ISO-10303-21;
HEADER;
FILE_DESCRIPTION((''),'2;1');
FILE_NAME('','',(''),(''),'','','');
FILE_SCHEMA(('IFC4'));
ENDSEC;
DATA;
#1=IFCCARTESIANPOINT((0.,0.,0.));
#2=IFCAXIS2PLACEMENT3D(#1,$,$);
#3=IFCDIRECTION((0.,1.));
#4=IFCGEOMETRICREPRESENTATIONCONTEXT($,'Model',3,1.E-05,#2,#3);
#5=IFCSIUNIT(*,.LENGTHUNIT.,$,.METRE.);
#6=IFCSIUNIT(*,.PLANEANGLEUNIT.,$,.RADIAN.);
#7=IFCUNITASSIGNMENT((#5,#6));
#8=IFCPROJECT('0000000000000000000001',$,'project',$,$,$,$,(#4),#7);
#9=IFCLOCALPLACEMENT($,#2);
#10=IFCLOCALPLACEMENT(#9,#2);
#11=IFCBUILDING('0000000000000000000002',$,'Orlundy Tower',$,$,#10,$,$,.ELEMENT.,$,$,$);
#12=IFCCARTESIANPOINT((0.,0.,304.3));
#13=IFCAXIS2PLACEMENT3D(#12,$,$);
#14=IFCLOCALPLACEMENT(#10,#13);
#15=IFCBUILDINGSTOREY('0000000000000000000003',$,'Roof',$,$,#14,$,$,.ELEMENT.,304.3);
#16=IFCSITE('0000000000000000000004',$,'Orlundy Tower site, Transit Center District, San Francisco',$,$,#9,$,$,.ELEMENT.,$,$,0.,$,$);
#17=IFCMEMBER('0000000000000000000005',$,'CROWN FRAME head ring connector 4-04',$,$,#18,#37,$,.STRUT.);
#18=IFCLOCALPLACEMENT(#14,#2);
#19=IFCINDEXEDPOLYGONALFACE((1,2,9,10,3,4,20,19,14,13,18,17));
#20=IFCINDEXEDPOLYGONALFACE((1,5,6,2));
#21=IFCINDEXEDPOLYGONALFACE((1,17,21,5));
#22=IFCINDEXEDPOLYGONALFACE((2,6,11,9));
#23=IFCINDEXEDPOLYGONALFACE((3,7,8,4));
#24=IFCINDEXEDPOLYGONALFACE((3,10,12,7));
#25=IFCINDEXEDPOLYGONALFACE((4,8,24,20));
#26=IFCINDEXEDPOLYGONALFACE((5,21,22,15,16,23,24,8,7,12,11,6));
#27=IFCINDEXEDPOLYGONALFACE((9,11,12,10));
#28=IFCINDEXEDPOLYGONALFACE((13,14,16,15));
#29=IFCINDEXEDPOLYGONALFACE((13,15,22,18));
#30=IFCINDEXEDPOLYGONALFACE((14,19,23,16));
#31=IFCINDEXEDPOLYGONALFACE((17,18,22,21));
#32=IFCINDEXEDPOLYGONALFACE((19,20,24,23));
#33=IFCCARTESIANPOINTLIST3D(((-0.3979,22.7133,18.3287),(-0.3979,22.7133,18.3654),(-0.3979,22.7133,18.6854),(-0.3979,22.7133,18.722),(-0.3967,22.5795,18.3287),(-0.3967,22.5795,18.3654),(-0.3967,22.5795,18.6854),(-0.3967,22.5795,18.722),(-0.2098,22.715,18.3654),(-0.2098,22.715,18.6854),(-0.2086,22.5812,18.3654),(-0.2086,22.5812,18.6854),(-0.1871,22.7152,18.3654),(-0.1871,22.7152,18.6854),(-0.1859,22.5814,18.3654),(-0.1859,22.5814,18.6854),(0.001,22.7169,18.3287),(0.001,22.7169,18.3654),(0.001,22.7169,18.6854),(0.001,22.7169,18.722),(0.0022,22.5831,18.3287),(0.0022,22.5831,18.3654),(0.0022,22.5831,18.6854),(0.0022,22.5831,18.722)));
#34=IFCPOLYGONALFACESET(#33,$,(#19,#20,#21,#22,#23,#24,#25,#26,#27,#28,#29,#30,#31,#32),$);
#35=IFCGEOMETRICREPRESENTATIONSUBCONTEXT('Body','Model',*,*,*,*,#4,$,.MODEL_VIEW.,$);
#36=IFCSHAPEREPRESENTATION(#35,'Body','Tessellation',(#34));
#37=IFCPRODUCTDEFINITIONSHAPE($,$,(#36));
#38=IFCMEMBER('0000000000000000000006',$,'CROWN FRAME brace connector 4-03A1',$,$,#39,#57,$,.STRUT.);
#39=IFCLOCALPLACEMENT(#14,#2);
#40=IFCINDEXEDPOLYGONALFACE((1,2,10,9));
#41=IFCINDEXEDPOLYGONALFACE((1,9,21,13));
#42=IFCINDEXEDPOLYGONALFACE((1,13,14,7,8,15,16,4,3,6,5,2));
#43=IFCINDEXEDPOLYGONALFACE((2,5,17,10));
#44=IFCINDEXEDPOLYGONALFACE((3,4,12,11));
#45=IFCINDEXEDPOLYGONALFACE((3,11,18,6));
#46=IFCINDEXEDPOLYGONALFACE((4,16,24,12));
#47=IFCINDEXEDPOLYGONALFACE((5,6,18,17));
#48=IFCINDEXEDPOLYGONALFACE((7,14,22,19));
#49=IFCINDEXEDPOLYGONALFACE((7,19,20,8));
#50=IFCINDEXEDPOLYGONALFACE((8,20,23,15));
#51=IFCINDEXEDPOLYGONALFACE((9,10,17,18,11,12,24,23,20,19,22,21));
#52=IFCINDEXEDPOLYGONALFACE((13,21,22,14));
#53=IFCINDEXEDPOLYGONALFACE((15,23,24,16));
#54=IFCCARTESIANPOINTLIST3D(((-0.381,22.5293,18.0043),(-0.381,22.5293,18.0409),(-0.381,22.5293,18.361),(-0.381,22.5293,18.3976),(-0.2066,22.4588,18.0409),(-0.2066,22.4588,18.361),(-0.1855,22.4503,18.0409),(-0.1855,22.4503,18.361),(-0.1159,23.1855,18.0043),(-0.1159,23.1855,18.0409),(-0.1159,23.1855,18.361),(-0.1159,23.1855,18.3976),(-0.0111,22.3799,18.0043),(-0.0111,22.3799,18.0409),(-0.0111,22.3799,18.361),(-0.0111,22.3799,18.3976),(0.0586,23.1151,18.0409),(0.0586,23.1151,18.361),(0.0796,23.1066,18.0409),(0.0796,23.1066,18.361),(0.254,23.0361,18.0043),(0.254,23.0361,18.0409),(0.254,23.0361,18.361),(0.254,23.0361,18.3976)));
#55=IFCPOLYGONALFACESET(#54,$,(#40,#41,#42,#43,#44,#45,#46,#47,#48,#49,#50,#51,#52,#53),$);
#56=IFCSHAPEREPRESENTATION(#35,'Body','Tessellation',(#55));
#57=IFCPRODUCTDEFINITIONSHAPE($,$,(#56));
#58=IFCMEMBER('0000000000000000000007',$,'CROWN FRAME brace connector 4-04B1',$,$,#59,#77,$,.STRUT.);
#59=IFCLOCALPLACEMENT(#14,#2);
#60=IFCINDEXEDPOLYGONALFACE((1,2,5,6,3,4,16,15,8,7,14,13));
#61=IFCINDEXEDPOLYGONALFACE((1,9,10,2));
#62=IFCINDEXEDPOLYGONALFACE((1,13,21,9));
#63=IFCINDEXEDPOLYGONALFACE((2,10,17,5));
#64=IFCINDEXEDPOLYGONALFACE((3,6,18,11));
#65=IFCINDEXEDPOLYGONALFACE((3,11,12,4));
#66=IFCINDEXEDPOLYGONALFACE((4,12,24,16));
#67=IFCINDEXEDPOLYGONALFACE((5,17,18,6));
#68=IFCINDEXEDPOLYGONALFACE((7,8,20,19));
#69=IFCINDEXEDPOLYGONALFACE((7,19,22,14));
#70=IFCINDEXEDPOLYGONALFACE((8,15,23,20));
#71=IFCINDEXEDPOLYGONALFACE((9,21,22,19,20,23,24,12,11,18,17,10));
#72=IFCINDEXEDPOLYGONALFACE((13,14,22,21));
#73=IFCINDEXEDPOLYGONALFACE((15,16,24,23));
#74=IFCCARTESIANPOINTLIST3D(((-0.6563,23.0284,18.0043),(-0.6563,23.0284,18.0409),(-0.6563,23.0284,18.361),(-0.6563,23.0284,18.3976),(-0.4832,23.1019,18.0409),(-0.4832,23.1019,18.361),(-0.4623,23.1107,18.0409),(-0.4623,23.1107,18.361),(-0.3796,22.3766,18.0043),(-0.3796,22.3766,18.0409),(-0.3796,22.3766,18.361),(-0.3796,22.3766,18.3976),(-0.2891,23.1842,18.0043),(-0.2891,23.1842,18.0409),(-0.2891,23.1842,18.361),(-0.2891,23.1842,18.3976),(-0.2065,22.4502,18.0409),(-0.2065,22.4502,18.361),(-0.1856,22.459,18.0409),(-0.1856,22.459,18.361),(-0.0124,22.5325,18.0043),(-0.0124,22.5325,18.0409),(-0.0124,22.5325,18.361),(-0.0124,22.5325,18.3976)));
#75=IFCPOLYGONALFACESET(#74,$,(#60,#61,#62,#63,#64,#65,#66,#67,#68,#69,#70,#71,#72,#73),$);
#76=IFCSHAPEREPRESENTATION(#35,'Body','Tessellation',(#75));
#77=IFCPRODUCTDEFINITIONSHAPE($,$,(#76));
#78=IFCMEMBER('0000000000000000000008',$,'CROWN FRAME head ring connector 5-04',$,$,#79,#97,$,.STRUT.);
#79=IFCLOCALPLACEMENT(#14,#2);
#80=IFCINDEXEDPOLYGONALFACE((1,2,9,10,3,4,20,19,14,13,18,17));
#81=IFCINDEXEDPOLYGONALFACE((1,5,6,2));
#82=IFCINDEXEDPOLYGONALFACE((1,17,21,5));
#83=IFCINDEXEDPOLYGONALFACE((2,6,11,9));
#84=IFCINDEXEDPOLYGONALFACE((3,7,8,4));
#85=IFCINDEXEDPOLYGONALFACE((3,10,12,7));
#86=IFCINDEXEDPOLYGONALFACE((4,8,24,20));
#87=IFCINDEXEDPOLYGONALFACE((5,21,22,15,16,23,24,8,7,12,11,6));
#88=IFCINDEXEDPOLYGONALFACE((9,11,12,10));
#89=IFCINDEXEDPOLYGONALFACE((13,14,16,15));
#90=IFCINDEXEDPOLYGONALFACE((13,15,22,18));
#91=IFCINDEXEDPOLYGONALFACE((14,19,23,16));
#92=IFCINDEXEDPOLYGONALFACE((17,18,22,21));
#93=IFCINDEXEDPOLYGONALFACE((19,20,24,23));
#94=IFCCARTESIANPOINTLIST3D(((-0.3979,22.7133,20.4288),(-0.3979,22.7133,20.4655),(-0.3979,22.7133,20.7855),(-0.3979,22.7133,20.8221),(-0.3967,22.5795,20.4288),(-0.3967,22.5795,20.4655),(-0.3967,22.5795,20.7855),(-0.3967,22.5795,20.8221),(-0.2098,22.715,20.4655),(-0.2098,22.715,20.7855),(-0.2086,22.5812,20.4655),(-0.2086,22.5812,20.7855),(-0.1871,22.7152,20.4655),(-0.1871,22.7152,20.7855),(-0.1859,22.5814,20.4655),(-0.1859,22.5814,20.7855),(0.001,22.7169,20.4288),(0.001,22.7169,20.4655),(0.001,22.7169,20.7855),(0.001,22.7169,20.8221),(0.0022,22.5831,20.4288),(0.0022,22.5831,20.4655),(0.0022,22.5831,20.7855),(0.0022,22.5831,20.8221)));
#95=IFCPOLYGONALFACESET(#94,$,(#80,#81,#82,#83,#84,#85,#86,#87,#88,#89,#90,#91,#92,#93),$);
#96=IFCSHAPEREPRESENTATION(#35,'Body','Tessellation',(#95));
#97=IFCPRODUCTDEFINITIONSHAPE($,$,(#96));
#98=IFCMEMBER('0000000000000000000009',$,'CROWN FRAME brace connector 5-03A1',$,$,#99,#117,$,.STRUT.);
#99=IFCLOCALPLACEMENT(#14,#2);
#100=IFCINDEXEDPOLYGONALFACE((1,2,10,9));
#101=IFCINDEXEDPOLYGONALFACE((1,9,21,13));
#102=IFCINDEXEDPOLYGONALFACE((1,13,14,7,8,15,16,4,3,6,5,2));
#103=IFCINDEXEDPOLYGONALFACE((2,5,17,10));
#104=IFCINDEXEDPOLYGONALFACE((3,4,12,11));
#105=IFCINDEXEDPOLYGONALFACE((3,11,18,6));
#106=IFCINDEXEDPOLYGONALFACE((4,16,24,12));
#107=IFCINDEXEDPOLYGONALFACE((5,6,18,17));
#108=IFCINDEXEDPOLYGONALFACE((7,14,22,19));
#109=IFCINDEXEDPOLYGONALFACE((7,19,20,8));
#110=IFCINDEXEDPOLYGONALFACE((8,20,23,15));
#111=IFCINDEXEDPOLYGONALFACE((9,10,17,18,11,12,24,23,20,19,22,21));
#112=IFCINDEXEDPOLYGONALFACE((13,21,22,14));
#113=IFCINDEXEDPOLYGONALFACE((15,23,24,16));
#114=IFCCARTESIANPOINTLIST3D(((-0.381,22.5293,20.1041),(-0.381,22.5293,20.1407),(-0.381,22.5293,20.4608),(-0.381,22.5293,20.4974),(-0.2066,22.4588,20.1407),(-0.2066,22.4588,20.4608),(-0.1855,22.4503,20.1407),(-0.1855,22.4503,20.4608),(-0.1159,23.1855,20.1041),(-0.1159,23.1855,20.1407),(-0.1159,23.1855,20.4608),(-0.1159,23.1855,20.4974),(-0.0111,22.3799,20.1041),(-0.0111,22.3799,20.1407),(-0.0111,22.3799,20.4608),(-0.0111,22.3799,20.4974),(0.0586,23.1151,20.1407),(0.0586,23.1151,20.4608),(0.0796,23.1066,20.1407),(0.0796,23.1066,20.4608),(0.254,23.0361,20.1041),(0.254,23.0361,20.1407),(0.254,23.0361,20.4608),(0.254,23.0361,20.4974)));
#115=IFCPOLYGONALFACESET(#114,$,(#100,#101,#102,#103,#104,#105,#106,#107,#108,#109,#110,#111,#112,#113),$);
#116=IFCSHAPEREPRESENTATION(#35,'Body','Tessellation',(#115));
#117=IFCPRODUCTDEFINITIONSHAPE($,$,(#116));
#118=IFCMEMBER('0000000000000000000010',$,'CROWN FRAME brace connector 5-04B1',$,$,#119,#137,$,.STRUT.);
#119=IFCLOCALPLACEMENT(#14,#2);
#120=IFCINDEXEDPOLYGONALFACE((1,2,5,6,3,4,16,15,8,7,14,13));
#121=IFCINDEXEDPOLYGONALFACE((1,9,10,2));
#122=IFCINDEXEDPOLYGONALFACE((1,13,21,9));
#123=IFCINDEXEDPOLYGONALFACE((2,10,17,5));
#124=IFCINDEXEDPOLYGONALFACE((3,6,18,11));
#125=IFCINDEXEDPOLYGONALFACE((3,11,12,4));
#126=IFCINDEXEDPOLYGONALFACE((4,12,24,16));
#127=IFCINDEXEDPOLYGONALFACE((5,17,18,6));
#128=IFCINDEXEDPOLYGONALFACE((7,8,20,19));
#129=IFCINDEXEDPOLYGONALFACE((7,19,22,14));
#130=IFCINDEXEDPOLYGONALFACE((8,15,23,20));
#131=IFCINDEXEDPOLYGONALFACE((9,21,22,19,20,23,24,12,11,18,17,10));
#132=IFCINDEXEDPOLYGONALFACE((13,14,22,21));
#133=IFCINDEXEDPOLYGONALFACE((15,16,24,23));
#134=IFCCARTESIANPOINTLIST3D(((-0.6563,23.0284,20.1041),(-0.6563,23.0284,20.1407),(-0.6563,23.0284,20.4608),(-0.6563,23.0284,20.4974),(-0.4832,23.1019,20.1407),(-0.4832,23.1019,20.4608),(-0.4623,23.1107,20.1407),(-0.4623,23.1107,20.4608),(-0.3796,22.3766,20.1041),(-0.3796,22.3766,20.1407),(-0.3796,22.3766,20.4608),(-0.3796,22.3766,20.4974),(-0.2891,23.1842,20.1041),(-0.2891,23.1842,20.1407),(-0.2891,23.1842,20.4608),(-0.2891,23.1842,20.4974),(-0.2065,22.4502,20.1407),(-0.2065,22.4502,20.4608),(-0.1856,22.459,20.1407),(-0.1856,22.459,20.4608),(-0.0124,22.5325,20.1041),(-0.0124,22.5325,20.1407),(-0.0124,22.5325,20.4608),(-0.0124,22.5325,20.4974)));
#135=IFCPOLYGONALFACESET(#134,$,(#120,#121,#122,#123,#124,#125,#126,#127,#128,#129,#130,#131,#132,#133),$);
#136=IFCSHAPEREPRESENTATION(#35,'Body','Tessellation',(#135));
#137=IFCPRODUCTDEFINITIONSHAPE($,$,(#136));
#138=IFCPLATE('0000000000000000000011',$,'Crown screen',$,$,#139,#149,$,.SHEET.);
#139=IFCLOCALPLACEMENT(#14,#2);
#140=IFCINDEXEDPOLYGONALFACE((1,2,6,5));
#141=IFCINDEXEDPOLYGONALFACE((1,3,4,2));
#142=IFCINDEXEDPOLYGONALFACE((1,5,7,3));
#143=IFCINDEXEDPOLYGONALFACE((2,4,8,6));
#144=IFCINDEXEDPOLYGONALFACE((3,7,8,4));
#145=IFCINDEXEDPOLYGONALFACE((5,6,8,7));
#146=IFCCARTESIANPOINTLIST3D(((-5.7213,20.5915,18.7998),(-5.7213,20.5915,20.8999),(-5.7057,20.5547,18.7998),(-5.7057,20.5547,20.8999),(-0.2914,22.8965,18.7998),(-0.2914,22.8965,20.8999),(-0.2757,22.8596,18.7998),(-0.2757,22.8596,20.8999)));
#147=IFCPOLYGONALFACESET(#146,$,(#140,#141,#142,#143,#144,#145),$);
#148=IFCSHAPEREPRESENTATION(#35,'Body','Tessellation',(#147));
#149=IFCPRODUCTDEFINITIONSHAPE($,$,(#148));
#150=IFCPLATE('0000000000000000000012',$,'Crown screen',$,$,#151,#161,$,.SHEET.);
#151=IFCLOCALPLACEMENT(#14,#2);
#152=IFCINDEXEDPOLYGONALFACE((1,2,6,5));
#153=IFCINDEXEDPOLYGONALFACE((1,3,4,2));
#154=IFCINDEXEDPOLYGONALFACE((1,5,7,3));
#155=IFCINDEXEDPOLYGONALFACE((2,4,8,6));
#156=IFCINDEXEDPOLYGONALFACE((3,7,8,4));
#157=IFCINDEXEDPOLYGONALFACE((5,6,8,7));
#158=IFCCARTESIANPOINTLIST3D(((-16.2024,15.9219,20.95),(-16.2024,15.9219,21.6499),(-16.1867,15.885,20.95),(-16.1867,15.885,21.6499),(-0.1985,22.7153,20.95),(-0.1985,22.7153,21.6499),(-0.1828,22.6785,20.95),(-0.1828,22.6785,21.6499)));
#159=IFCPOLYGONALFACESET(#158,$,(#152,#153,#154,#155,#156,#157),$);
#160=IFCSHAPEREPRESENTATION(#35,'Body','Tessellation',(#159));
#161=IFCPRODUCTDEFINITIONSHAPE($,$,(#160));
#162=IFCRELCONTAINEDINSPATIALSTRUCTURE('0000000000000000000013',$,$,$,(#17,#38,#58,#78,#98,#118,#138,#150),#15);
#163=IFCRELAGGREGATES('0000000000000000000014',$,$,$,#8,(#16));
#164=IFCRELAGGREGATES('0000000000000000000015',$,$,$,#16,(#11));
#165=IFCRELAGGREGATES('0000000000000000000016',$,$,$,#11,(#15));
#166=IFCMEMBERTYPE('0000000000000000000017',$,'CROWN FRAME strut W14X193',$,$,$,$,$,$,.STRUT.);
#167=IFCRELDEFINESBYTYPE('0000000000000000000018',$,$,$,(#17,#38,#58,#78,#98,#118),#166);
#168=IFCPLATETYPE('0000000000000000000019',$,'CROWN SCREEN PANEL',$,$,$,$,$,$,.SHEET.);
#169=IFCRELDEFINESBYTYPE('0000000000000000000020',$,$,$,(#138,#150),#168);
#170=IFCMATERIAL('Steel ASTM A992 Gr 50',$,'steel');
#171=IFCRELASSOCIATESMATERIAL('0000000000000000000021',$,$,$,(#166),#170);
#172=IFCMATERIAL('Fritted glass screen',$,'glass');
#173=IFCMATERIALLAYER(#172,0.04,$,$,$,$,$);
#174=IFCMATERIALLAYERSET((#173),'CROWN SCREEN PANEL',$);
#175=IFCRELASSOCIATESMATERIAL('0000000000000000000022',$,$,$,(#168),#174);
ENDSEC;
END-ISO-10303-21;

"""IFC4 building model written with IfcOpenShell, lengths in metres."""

from ifc_helpers import new_model, si_unit, direction, frame, origin, origin_2d, place, context, subcontext, project, spatial, polyline, rectangle, i_section, outline, extrude, material, layer, layer_set, material_profile, profile_set, type_object, element, save


model = new_model("IFC4")

# Units and contexts
model_context = context("Model", 3, precision=1e-05, world=origin(), true_north=direction((0.0, 1.0)))
body_context = subcontext(model_context, "Body", "Model", "MODEL_VIEW")
ifc_project = project(units=[si_unit("LENGTHUNIT", "METRE"), si_unit("PLANEANGLEUNIT", "RADIAN")], contexts=[model_context])

# Site, building, storey
site_placement = place(None, origin())
site = spatial("IfcSite", under=ifc_project, at=site_placement, Name="Orlundy Tower site, Transit Center District, San Francisco", CompositionType="ELEMENT", RefElevation=0.0)
building_placement = place(site_placement, origin())
building = spatial("IfcBuilding", under=site, at=building_placement, Name="Orlundy Tower", CompositionType="ELEMENT")
storey_placement = place(building_placement, frame((0.0, 0.0, 304.3)))
storey = spatial("IfcBuildingStorey", under=building, at=storey_placement, Name="Roof", CompositionType="ELEMENT", Elevation=304.3)

# Members
ifc_material_1 = material(Name="Steel ASTM A992 Gr 50", Category="steel")
ifc_material_profile_1 = material_profile(ifc_material_1, i_section(OverallWidth=0.3989, OverallDepth=0.3933, WebThickness=0.0227, FlangeThickness=0.0366, at=origin_2d()), Name="W14X193")
ifc_profile_set_1 = profile_set([ifc_material_profile_1], Name="Steel ASTM A992 Gr 50")
member_type_1 = type_object("IfcMemberType", Name="CROWN FRAME strut W14X193", PredefinedType="STRUT", material=ifc_profile_set_1)
for number, where, z_axis, x_axis, name in (
    (1, (-0.1973, 22.5813, 18.5254), (-0.009124, 0.999958, 0.0), (-0.999958, -0.009124, 0.0), "CROWN FRAME head ring connector 4-04"),
):
    element("IfcMember", number, at=place(storey_placement, frame(where, z_axis=z_axis, x_axis=x_axis)), inside=storey, type_object=member_type_1, Name=name, PredefinedType="STRUT", context=body_context, shape_type="SweptSolid", body=[
        extrude(i_section(OverallWidth=0.3989, OverallDepth=0.3933, WebThickness=0.0227, FlangeThickness=0.0366, at=origin_2d()), origin(), (0.0, 0.0, 1.0), 0.1338),
    ])
member_1_placement = place(storey_placement, frame((-0.196, 22.4546, 18.2009), z_axis=(0.3746, 0.927187, 0.0), x_axis=(-0.927187, 0.3746, 0.0)))
element("IfcMember", 2, at=member_1_placement, inside=storey, type_object=member_type_1, Name="CROWN FRAME brace connector 4-03A1", PredefinedType="STRUT", context=body_context, shape_type="SweptSolid", body=[
    extrude(i_section(OverallWidth=0.3989, OverallDepth=0.3933, WebThickness=0.0227, FlangeThickness=0.0366, at=origin_2d()), origin(), (0.0, 0.0, 1.0), 0.7078),
])
member_2_placement = place(storey_placement, frame((-0.196, 22.4546, 18.2009), z_axis=(-0.390754, 0.920495, 0.0), x_axis=(-0.920495, -0.390754, 0.0)))
element("IfcMember", 3, at=member_2_placement, inside=storey, type_object=member_type_1, Name="CROWN FRAME brace connector 4-04B1", PredefinedType="STRUT", context=body_context, shape_type="SweptSolid", body=[
    extrude(i_section(OverallWidth=0.3989, OverallDepth=0.3933, WebThickness=0.0227, FlangeThickness=0.0366, at=origin_2d()), origin(), (0.0, 0.0, 1.0), 0.708),
])
member_3_placement = place(storey_placement, frame((-0.1973, 22.5813, 20.6255), z_axis=(-0.009124, 0.999958, 0.0), x_axis=(-0.999958, -0.009124, 0.0)))
element("IfcMember", 4, at=member_3_placement, inside=storey, type_object=member_type_1, Name="CROWN FRAME head ring connector 5-04", PredefinedType="STRUT", context=body_context, shape_type="SweptSolid", body=[
    extrude(i_section(OverallWidth=0.3989, OverallDepth=0.3933, WebThickness=0.0227, FlangeThickness=0.0366, at=origin_2d()), origin(), (0.0, 0.0, 1.0), 0.1338),
])
member_4_placement = place(storey_placement, frame((-0.196, 22.4546, 20.3008), z_axis=(0.3746, 0.927187, 0.0), x_axis=(-0.927187, 0.3746, 0.0)))
element("IfcMember", 5, at=member_4_placement, inside=storey, type_object=member_type_1, Name="CROWN FRAME brace connector 5-03A1", PredefinedType="STRUT", context=body_context, shape_type="SweptSolid", body=[
    extrude(i_section(OverallWidth=0.3989, OverallDepth=0.3933, WebThickness=0.0227, FlangeThickness=0.0366, at=origin_2d()), origin(), (0.0, 0.0, 1.0), 0.7078),
])
member_5_placement = place(storey_placement, frame((-0.196, 22.4546, 20.3008), z_axis=(-0.390754, 0.920495, 0.0), x_axis=(-0.920495, -0.390754, 0.0)))
element("IfcMember", 6, at=member_5_placement, inside=storey, type_object=member_type_1, Name="CROWN FRAME brace connector 5-04B1", PredefinedType="STRUT", context=body_context, shape_type="SweptSolid", body=[
    extrude(i_section(OverallWidth=0.3989, OverallDepth=0.3933, WebThickness=0.0227, FlangeThickness=0.0366, at=origin_2d()), origin(), (0.0, 0.0, 1.0), 0.708),
])

# Plates
ifc_material_2 = material(Name="Fritted glass screen", Category="glass")
ifc_layer = layer(ifc_material_2, 0.04)
ifc_layer_set = layer_set([ifc_layer], Name="CROWN SCREEN PANEL")
plate_type = type_object("IfcPlateType", Name="CROWN SCREEN PANEL", PredefinedType="SHEET", material=ifc_layer_set)
plate_1_placement = place(storey_placement, frame((-2.9985, 21.7256, 18.7998), z_axis=(0.0, 0.0, 1.0), x_axis=(-0.9205, -0.390742, 0.0)))
element("IfcPlate", 7, at=plate_1_placement, inside=storey, type_object=plate_type, Name="Crown screen", PredefinedType="SHEET", context=body_context, shape_type="SweptSolid", body=[
    extrude(rectangle(XDim=5.8989, YDim=0.04, at=origin_2d()), origin(), (0.0, 0.0, 1.0), 2.1001),
])
plate_2_placement = place(storey_placement, frame((-0.1985, 22.7153, 20.95), z_axis=(-0.390741, 0.920501, 0.0), x_axis=(-0.920501, -0.390741, 0.0)))
element("IfcPlate", 8, at=plate_2_placement, inside=storey, type_object=plate_type, Name="Crown screen", PredefinedType="SHEET", context=body_context, shape_type="SweptSolid", body=[
    extrude(outline(polyline([(0.0, 0.0), (17.3861, 0.0), (17.3861, 0.7), (0.0, 0.7), (0.0, 0.0)])), origin(), (0.0, 0.0, -1.0), 0.04),
])

save(model, "model.ifc")
